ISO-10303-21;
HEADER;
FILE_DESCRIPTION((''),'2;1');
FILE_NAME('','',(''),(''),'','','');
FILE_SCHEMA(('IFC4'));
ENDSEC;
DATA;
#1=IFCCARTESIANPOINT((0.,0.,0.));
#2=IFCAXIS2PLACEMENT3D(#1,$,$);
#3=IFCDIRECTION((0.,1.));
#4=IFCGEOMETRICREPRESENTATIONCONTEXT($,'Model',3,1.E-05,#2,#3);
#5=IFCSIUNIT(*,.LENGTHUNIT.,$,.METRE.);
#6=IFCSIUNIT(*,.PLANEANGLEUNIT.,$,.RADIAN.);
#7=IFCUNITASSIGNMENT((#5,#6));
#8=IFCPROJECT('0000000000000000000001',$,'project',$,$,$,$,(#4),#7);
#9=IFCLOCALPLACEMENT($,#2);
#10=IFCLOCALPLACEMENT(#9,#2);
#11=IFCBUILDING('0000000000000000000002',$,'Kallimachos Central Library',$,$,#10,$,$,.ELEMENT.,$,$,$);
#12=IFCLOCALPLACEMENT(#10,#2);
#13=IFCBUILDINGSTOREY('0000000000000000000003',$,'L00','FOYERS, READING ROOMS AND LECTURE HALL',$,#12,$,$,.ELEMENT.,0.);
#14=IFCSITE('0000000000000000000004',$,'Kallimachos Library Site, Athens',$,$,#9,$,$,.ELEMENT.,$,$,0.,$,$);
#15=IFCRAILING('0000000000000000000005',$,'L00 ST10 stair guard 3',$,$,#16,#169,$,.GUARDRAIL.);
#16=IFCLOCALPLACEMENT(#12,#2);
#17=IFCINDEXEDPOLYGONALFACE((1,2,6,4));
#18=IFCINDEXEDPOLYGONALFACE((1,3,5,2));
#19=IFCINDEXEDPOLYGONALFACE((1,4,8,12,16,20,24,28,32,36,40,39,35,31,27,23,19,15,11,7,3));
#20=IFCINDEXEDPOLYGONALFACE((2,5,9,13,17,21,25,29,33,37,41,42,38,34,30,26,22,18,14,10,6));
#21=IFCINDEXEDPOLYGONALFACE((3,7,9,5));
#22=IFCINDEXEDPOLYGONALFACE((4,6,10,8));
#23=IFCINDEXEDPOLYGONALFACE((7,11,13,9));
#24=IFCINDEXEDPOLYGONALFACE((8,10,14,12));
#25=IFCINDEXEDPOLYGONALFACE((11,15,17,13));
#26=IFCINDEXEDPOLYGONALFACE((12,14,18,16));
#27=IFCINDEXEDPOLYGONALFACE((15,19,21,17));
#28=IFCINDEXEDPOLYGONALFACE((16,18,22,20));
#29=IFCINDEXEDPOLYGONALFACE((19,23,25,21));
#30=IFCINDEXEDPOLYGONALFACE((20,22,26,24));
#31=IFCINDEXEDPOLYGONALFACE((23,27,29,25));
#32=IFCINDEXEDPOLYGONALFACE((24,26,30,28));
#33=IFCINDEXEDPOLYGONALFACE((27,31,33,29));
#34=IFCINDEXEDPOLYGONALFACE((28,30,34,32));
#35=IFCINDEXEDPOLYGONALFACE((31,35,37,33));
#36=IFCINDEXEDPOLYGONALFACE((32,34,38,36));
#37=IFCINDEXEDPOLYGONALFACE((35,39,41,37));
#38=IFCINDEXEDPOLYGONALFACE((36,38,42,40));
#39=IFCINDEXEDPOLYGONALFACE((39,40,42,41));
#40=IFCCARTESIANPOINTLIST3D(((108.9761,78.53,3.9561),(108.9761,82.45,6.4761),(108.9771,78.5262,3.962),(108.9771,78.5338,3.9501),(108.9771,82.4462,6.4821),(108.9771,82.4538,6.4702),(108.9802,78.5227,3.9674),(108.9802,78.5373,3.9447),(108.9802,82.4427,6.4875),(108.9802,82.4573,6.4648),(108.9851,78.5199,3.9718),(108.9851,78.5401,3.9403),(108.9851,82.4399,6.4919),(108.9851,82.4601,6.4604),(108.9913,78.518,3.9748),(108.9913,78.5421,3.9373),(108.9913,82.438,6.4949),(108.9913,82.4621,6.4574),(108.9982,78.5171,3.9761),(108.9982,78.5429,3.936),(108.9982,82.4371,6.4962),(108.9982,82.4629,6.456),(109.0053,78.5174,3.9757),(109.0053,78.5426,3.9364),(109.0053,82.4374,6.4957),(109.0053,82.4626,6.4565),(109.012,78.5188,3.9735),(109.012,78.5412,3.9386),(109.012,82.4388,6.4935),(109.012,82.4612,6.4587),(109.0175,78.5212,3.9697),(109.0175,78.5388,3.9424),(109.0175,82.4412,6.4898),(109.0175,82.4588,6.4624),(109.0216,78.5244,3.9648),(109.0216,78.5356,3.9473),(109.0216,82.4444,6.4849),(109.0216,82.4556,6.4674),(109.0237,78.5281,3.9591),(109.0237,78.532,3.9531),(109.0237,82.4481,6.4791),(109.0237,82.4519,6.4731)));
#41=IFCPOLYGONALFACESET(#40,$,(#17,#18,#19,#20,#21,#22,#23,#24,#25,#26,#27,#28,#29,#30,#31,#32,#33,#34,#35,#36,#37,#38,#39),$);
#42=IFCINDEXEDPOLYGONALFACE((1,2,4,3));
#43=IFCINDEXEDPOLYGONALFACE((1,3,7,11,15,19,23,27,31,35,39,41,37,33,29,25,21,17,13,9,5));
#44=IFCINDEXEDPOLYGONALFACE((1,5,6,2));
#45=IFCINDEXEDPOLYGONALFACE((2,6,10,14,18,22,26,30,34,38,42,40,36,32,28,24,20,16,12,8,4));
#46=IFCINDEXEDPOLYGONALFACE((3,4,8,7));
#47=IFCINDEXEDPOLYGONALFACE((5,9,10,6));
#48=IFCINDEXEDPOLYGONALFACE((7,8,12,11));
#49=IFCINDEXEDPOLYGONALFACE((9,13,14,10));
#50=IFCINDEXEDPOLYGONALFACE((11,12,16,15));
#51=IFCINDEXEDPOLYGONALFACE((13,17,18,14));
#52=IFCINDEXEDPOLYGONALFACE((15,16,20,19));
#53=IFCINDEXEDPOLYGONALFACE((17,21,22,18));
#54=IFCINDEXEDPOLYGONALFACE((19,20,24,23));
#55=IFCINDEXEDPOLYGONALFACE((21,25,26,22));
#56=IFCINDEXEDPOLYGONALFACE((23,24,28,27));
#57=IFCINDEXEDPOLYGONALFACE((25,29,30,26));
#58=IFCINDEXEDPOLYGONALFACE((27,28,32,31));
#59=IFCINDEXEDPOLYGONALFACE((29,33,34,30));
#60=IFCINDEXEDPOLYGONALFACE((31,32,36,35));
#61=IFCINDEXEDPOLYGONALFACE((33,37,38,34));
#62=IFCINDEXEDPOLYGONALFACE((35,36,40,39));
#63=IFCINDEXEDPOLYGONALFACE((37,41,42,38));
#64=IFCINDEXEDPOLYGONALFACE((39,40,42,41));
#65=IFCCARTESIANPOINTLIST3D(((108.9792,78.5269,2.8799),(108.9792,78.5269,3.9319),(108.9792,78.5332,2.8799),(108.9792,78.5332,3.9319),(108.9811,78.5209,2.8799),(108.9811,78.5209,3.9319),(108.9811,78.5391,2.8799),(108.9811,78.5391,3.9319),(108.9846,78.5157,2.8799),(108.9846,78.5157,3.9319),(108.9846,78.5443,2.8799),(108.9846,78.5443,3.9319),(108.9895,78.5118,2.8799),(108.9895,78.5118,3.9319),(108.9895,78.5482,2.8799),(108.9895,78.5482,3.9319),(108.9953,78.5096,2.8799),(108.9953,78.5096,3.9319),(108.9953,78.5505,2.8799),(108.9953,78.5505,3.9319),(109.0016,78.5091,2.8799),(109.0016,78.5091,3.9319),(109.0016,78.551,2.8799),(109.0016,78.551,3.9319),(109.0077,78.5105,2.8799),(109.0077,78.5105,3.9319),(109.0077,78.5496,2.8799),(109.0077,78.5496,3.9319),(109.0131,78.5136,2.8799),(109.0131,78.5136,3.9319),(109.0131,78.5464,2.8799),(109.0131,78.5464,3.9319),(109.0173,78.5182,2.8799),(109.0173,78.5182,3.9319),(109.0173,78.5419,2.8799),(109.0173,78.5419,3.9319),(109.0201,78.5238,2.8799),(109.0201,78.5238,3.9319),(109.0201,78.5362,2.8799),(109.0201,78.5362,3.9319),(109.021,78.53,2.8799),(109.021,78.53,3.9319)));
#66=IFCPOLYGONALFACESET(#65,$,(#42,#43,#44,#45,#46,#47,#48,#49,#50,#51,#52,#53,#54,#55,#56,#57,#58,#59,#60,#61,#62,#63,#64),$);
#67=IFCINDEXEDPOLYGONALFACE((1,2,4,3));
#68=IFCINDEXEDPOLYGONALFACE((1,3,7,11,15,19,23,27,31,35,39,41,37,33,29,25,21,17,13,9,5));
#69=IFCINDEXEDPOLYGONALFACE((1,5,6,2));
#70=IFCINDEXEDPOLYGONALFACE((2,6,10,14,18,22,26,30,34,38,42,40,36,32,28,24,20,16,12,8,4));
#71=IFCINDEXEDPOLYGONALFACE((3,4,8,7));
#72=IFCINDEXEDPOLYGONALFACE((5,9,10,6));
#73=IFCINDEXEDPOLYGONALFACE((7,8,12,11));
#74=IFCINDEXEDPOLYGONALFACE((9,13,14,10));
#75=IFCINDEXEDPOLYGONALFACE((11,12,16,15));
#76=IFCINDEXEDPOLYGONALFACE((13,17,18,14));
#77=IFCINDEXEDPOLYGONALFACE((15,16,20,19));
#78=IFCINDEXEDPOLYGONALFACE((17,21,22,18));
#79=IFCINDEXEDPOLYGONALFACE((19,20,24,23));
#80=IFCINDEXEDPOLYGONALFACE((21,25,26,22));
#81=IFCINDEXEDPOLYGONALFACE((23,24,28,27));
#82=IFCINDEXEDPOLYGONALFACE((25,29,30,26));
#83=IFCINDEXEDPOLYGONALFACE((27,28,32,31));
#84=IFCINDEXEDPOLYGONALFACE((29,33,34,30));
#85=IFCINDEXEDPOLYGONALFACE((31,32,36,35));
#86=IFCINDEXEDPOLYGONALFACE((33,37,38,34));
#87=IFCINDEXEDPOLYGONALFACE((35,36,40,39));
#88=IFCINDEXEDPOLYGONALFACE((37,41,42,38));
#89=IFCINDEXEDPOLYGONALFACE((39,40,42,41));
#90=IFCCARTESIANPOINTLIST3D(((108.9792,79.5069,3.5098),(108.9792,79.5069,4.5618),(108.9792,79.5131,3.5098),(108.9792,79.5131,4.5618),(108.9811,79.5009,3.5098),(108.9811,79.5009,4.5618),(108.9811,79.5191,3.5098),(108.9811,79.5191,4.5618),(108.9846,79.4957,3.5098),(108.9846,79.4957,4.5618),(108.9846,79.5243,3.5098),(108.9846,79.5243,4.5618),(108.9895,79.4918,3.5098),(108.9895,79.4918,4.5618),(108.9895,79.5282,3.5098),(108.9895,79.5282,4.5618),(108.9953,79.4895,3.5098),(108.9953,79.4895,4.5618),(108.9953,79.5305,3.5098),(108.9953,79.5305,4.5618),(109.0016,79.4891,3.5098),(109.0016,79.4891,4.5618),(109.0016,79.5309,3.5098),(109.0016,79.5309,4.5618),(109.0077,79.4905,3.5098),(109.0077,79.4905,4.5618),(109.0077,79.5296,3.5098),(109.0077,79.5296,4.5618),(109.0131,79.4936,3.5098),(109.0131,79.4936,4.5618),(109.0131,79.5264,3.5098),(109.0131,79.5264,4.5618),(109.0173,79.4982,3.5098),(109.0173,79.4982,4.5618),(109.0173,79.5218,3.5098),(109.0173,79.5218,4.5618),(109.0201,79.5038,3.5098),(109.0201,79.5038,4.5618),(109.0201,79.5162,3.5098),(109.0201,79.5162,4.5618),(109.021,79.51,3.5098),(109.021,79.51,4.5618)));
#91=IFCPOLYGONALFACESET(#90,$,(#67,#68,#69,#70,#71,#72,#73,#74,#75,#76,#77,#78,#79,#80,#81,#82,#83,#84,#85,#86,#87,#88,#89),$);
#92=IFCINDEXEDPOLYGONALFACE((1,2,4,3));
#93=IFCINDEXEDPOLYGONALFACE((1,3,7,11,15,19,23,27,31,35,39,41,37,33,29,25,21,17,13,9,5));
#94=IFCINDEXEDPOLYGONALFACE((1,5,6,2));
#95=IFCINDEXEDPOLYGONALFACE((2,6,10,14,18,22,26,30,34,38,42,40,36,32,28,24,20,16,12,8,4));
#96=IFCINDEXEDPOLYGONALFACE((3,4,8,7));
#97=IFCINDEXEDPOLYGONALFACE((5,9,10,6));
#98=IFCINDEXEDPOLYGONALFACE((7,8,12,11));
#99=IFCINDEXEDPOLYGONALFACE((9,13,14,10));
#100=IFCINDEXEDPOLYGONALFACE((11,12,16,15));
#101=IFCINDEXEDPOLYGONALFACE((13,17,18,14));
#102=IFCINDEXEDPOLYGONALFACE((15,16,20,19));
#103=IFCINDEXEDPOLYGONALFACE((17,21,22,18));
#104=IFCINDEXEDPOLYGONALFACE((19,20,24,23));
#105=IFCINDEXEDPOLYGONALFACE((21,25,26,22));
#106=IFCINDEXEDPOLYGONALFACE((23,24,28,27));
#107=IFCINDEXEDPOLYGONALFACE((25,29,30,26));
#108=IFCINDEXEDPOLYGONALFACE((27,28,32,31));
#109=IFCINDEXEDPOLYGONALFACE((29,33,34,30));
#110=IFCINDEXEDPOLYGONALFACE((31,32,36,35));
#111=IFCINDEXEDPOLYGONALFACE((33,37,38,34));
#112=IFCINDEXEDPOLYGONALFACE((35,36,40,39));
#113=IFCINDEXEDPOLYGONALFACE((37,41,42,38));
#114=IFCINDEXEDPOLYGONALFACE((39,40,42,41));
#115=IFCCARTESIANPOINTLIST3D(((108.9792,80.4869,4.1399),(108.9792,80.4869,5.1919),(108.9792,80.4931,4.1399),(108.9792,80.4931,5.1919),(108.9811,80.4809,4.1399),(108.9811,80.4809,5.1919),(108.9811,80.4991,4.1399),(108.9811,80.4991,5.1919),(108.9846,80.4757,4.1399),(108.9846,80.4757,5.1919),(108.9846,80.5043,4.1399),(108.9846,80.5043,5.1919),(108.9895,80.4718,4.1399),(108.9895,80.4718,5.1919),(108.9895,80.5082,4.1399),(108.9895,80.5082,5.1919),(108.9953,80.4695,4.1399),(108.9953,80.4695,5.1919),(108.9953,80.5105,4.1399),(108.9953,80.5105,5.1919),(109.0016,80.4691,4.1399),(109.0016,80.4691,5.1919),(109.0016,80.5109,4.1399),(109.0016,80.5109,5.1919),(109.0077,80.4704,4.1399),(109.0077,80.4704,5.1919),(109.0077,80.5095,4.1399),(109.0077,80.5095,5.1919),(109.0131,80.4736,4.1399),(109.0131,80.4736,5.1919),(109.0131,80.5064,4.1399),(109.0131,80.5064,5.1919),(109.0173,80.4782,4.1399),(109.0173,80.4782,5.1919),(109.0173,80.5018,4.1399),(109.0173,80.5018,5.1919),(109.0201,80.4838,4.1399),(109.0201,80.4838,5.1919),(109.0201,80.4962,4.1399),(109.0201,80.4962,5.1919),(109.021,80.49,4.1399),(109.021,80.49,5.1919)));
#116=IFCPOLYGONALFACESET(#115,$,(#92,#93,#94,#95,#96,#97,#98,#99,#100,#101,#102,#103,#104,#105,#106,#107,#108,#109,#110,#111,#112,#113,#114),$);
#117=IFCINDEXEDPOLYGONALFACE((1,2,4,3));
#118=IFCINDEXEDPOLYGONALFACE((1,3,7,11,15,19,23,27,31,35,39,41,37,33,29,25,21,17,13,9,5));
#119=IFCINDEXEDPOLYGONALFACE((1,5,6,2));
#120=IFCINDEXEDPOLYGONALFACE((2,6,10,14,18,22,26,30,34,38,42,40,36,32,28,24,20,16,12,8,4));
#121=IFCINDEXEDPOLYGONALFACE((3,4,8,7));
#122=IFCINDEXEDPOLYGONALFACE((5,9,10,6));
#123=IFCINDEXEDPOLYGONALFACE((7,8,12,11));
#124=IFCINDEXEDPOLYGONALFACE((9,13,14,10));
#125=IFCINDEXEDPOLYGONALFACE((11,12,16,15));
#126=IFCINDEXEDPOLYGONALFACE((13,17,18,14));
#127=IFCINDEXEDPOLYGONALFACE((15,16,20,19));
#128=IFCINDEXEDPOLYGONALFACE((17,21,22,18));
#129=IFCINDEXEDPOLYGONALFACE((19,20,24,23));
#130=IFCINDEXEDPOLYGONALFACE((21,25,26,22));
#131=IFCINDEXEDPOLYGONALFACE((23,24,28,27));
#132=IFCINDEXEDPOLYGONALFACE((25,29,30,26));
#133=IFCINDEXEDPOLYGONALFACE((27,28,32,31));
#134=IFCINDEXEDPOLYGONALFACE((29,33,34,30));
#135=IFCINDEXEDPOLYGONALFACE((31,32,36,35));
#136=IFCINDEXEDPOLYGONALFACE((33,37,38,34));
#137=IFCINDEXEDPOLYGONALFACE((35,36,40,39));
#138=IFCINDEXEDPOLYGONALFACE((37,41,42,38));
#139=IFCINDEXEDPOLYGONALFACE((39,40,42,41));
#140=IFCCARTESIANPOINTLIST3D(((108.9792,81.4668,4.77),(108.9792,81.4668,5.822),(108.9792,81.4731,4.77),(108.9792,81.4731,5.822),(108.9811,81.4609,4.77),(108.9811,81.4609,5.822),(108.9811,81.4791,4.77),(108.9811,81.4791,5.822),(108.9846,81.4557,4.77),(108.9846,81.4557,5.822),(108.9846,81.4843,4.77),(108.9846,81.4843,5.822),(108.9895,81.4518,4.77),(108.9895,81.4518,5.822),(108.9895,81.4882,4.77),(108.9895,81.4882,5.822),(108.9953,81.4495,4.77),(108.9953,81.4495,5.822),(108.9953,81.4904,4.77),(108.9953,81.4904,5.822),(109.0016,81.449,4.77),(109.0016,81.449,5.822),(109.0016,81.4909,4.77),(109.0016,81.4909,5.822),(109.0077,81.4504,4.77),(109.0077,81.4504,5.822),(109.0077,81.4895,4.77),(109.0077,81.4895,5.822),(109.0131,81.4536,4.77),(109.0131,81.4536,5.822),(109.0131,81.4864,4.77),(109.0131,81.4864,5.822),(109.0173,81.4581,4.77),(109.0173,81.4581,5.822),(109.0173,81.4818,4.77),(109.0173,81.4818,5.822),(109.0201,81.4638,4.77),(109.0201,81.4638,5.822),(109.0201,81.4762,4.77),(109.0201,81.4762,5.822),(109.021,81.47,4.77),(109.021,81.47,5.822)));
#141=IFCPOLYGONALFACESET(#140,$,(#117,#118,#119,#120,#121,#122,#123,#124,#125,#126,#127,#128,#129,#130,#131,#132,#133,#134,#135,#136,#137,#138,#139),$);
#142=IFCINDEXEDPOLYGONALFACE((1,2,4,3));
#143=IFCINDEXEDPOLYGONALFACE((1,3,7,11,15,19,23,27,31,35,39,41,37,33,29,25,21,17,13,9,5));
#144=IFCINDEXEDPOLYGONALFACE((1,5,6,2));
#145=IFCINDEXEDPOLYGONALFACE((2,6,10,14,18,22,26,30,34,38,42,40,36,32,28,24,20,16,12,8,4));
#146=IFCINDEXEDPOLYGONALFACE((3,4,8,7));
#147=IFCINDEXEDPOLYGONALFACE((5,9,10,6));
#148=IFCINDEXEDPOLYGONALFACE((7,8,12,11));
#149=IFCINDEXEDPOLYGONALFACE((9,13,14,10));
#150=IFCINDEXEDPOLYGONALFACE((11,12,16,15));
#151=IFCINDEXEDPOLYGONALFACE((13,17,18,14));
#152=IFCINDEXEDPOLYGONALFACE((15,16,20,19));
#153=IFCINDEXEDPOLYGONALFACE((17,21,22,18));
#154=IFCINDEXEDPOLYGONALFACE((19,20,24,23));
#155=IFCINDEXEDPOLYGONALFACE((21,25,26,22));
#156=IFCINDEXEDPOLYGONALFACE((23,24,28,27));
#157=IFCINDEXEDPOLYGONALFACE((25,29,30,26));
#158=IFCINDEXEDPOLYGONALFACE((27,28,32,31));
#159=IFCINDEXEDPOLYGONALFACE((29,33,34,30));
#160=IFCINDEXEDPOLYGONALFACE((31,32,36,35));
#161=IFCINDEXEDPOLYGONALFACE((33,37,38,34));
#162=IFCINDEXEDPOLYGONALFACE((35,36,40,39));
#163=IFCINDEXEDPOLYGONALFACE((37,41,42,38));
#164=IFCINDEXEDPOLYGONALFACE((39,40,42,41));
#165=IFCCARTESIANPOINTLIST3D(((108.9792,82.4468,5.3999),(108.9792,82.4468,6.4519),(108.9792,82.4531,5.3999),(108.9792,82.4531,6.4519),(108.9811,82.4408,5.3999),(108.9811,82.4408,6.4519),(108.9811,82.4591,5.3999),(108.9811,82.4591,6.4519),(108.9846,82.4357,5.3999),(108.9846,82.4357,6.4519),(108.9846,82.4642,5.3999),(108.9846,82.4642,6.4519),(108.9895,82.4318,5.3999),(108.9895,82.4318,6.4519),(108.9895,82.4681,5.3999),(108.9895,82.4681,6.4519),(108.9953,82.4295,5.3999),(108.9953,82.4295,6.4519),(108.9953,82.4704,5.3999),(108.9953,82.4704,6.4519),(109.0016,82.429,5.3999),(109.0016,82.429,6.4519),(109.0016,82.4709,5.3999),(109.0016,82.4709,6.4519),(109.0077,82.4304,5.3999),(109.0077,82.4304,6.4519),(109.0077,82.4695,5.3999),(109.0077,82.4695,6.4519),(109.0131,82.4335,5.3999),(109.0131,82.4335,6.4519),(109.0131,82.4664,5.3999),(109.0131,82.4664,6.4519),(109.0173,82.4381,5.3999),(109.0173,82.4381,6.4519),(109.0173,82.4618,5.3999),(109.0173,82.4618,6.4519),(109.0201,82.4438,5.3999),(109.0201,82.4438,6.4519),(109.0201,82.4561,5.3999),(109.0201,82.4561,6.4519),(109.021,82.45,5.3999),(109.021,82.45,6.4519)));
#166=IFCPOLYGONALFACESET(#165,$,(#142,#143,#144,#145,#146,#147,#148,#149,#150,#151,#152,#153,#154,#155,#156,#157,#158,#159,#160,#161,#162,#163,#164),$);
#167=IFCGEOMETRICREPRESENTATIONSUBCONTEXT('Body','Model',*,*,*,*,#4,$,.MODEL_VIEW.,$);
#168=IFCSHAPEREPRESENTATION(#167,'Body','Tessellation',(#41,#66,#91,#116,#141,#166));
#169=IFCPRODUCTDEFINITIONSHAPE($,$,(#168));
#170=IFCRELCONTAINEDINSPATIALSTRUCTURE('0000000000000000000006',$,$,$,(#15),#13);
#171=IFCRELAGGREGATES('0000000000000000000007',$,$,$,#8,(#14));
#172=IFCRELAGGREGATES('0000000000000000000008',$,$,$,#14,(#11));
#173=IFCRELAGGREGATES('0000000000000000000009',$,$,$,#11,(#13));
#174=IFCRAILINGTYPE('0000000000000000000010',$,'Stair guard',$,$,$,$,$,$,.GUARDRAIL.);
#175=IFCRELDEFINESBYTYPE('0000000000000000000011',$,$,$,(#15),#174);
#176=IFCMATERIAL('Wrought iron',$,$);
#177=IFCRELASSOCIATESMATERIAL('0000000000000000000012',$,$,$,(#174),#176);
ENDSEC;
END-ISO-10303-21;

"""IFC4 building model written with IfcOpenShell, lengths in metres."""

from ifc_helpers import new_model, si_unit, direction, frame, origin, origin_2d, place, context, subcontext, project, spatial, circle, extrude, material, type_object, element, save


model = new_model("IFC4")

# Units and contexts
model_context = context("Model", 3, precision=1e-05, world=origin(), true_north=direction((0.0, 1.0)))
body_context = subcontext(model_context, "Body", "Model", "MODEL_VIEW")
ifc_project = project(units=[si_unit("LENGTHUNIT", "METRE"), si_unit("PLANEANGLEUNIT", "RADIAN")], contexts=[model_context])

# Site, building, storey
site_placement = place(None, origin())
site = spatial("IfcSite", under=ifc_project, at=site_placement, Name="Kallimachos Library Site, Athens", CompositionType="ELEMENT", RefElevation=0.0)
building_placement = place(site_placement, origin())
building = spatial("IfcBuilding", under=site, at=building_placement, Name="Kallimachos Central Library", CompositionType="ELEMENT")
storey_placement = place(building_placement, origin())
storey = spatial("IfcBuildingStorey", under=building, at=storey_placement, Name="L00", Description="FOYERS, READING ROOMS AND LECTURE HALL", CompositionType="ELEMENT", Elevation=0.0)

# Railing
ifc_material_1 = material(Name="Wrought iron")
railing_type_1 = type_object("IfcRailingType", Name="Stair guard", PredefinedType="GUARDRAIL", material=ifc_material_1)
railing_1_placement = place(storey_placement, frame((109.0, 78.53, 2.8799)))
element("IfcRailing", 1, at=railing_1_placement, inside=storey, type_object=railing_type_1, Name="L00 ST10 stair guard 3", PredefinedType="GUARDRAIL", context=body_context, shape_type="SweptSolid", body=[
    extrude(circle(Radius=0.0239, at=origin_2d()), frame((0.0, 0.0, 1.0762), z_axis=(0.0, 0.841172, 0.540768), x_axis=(-1.0, 0.0, 0.0)), (0.0, 0.0, 1.0), 4.6602),
    extrude(circle(Radius=0.021, at=origin_2d()), origin(), (0.0, 0.0, 1.0), 1.052),
    extrude(circle(Radius=0.021, at=origin_2d()), frame((0.0, 0.98, 0.6299)), (0.0, 0.0, 1.0), 1.052),
    extrude(circle(Radius=0.021, at=origin_2d()), frame((0.0, 1.96, 1.26)), (0.0, 0.0, 1.0), 1.052),
    extrude(circle(Radius=0.021, at=origin_2d()), frame((0.0, 2.9399, 1.8901)), (0.0, 0.0, 1.0), 1.052),
    extrude(circle(Radius=0.021, at=origin_2d()), frame((0.0, 3.9199, 2.52)), (0.0, 0.0, 1.0), 1.052),
])

save(model, "model.ifc")
